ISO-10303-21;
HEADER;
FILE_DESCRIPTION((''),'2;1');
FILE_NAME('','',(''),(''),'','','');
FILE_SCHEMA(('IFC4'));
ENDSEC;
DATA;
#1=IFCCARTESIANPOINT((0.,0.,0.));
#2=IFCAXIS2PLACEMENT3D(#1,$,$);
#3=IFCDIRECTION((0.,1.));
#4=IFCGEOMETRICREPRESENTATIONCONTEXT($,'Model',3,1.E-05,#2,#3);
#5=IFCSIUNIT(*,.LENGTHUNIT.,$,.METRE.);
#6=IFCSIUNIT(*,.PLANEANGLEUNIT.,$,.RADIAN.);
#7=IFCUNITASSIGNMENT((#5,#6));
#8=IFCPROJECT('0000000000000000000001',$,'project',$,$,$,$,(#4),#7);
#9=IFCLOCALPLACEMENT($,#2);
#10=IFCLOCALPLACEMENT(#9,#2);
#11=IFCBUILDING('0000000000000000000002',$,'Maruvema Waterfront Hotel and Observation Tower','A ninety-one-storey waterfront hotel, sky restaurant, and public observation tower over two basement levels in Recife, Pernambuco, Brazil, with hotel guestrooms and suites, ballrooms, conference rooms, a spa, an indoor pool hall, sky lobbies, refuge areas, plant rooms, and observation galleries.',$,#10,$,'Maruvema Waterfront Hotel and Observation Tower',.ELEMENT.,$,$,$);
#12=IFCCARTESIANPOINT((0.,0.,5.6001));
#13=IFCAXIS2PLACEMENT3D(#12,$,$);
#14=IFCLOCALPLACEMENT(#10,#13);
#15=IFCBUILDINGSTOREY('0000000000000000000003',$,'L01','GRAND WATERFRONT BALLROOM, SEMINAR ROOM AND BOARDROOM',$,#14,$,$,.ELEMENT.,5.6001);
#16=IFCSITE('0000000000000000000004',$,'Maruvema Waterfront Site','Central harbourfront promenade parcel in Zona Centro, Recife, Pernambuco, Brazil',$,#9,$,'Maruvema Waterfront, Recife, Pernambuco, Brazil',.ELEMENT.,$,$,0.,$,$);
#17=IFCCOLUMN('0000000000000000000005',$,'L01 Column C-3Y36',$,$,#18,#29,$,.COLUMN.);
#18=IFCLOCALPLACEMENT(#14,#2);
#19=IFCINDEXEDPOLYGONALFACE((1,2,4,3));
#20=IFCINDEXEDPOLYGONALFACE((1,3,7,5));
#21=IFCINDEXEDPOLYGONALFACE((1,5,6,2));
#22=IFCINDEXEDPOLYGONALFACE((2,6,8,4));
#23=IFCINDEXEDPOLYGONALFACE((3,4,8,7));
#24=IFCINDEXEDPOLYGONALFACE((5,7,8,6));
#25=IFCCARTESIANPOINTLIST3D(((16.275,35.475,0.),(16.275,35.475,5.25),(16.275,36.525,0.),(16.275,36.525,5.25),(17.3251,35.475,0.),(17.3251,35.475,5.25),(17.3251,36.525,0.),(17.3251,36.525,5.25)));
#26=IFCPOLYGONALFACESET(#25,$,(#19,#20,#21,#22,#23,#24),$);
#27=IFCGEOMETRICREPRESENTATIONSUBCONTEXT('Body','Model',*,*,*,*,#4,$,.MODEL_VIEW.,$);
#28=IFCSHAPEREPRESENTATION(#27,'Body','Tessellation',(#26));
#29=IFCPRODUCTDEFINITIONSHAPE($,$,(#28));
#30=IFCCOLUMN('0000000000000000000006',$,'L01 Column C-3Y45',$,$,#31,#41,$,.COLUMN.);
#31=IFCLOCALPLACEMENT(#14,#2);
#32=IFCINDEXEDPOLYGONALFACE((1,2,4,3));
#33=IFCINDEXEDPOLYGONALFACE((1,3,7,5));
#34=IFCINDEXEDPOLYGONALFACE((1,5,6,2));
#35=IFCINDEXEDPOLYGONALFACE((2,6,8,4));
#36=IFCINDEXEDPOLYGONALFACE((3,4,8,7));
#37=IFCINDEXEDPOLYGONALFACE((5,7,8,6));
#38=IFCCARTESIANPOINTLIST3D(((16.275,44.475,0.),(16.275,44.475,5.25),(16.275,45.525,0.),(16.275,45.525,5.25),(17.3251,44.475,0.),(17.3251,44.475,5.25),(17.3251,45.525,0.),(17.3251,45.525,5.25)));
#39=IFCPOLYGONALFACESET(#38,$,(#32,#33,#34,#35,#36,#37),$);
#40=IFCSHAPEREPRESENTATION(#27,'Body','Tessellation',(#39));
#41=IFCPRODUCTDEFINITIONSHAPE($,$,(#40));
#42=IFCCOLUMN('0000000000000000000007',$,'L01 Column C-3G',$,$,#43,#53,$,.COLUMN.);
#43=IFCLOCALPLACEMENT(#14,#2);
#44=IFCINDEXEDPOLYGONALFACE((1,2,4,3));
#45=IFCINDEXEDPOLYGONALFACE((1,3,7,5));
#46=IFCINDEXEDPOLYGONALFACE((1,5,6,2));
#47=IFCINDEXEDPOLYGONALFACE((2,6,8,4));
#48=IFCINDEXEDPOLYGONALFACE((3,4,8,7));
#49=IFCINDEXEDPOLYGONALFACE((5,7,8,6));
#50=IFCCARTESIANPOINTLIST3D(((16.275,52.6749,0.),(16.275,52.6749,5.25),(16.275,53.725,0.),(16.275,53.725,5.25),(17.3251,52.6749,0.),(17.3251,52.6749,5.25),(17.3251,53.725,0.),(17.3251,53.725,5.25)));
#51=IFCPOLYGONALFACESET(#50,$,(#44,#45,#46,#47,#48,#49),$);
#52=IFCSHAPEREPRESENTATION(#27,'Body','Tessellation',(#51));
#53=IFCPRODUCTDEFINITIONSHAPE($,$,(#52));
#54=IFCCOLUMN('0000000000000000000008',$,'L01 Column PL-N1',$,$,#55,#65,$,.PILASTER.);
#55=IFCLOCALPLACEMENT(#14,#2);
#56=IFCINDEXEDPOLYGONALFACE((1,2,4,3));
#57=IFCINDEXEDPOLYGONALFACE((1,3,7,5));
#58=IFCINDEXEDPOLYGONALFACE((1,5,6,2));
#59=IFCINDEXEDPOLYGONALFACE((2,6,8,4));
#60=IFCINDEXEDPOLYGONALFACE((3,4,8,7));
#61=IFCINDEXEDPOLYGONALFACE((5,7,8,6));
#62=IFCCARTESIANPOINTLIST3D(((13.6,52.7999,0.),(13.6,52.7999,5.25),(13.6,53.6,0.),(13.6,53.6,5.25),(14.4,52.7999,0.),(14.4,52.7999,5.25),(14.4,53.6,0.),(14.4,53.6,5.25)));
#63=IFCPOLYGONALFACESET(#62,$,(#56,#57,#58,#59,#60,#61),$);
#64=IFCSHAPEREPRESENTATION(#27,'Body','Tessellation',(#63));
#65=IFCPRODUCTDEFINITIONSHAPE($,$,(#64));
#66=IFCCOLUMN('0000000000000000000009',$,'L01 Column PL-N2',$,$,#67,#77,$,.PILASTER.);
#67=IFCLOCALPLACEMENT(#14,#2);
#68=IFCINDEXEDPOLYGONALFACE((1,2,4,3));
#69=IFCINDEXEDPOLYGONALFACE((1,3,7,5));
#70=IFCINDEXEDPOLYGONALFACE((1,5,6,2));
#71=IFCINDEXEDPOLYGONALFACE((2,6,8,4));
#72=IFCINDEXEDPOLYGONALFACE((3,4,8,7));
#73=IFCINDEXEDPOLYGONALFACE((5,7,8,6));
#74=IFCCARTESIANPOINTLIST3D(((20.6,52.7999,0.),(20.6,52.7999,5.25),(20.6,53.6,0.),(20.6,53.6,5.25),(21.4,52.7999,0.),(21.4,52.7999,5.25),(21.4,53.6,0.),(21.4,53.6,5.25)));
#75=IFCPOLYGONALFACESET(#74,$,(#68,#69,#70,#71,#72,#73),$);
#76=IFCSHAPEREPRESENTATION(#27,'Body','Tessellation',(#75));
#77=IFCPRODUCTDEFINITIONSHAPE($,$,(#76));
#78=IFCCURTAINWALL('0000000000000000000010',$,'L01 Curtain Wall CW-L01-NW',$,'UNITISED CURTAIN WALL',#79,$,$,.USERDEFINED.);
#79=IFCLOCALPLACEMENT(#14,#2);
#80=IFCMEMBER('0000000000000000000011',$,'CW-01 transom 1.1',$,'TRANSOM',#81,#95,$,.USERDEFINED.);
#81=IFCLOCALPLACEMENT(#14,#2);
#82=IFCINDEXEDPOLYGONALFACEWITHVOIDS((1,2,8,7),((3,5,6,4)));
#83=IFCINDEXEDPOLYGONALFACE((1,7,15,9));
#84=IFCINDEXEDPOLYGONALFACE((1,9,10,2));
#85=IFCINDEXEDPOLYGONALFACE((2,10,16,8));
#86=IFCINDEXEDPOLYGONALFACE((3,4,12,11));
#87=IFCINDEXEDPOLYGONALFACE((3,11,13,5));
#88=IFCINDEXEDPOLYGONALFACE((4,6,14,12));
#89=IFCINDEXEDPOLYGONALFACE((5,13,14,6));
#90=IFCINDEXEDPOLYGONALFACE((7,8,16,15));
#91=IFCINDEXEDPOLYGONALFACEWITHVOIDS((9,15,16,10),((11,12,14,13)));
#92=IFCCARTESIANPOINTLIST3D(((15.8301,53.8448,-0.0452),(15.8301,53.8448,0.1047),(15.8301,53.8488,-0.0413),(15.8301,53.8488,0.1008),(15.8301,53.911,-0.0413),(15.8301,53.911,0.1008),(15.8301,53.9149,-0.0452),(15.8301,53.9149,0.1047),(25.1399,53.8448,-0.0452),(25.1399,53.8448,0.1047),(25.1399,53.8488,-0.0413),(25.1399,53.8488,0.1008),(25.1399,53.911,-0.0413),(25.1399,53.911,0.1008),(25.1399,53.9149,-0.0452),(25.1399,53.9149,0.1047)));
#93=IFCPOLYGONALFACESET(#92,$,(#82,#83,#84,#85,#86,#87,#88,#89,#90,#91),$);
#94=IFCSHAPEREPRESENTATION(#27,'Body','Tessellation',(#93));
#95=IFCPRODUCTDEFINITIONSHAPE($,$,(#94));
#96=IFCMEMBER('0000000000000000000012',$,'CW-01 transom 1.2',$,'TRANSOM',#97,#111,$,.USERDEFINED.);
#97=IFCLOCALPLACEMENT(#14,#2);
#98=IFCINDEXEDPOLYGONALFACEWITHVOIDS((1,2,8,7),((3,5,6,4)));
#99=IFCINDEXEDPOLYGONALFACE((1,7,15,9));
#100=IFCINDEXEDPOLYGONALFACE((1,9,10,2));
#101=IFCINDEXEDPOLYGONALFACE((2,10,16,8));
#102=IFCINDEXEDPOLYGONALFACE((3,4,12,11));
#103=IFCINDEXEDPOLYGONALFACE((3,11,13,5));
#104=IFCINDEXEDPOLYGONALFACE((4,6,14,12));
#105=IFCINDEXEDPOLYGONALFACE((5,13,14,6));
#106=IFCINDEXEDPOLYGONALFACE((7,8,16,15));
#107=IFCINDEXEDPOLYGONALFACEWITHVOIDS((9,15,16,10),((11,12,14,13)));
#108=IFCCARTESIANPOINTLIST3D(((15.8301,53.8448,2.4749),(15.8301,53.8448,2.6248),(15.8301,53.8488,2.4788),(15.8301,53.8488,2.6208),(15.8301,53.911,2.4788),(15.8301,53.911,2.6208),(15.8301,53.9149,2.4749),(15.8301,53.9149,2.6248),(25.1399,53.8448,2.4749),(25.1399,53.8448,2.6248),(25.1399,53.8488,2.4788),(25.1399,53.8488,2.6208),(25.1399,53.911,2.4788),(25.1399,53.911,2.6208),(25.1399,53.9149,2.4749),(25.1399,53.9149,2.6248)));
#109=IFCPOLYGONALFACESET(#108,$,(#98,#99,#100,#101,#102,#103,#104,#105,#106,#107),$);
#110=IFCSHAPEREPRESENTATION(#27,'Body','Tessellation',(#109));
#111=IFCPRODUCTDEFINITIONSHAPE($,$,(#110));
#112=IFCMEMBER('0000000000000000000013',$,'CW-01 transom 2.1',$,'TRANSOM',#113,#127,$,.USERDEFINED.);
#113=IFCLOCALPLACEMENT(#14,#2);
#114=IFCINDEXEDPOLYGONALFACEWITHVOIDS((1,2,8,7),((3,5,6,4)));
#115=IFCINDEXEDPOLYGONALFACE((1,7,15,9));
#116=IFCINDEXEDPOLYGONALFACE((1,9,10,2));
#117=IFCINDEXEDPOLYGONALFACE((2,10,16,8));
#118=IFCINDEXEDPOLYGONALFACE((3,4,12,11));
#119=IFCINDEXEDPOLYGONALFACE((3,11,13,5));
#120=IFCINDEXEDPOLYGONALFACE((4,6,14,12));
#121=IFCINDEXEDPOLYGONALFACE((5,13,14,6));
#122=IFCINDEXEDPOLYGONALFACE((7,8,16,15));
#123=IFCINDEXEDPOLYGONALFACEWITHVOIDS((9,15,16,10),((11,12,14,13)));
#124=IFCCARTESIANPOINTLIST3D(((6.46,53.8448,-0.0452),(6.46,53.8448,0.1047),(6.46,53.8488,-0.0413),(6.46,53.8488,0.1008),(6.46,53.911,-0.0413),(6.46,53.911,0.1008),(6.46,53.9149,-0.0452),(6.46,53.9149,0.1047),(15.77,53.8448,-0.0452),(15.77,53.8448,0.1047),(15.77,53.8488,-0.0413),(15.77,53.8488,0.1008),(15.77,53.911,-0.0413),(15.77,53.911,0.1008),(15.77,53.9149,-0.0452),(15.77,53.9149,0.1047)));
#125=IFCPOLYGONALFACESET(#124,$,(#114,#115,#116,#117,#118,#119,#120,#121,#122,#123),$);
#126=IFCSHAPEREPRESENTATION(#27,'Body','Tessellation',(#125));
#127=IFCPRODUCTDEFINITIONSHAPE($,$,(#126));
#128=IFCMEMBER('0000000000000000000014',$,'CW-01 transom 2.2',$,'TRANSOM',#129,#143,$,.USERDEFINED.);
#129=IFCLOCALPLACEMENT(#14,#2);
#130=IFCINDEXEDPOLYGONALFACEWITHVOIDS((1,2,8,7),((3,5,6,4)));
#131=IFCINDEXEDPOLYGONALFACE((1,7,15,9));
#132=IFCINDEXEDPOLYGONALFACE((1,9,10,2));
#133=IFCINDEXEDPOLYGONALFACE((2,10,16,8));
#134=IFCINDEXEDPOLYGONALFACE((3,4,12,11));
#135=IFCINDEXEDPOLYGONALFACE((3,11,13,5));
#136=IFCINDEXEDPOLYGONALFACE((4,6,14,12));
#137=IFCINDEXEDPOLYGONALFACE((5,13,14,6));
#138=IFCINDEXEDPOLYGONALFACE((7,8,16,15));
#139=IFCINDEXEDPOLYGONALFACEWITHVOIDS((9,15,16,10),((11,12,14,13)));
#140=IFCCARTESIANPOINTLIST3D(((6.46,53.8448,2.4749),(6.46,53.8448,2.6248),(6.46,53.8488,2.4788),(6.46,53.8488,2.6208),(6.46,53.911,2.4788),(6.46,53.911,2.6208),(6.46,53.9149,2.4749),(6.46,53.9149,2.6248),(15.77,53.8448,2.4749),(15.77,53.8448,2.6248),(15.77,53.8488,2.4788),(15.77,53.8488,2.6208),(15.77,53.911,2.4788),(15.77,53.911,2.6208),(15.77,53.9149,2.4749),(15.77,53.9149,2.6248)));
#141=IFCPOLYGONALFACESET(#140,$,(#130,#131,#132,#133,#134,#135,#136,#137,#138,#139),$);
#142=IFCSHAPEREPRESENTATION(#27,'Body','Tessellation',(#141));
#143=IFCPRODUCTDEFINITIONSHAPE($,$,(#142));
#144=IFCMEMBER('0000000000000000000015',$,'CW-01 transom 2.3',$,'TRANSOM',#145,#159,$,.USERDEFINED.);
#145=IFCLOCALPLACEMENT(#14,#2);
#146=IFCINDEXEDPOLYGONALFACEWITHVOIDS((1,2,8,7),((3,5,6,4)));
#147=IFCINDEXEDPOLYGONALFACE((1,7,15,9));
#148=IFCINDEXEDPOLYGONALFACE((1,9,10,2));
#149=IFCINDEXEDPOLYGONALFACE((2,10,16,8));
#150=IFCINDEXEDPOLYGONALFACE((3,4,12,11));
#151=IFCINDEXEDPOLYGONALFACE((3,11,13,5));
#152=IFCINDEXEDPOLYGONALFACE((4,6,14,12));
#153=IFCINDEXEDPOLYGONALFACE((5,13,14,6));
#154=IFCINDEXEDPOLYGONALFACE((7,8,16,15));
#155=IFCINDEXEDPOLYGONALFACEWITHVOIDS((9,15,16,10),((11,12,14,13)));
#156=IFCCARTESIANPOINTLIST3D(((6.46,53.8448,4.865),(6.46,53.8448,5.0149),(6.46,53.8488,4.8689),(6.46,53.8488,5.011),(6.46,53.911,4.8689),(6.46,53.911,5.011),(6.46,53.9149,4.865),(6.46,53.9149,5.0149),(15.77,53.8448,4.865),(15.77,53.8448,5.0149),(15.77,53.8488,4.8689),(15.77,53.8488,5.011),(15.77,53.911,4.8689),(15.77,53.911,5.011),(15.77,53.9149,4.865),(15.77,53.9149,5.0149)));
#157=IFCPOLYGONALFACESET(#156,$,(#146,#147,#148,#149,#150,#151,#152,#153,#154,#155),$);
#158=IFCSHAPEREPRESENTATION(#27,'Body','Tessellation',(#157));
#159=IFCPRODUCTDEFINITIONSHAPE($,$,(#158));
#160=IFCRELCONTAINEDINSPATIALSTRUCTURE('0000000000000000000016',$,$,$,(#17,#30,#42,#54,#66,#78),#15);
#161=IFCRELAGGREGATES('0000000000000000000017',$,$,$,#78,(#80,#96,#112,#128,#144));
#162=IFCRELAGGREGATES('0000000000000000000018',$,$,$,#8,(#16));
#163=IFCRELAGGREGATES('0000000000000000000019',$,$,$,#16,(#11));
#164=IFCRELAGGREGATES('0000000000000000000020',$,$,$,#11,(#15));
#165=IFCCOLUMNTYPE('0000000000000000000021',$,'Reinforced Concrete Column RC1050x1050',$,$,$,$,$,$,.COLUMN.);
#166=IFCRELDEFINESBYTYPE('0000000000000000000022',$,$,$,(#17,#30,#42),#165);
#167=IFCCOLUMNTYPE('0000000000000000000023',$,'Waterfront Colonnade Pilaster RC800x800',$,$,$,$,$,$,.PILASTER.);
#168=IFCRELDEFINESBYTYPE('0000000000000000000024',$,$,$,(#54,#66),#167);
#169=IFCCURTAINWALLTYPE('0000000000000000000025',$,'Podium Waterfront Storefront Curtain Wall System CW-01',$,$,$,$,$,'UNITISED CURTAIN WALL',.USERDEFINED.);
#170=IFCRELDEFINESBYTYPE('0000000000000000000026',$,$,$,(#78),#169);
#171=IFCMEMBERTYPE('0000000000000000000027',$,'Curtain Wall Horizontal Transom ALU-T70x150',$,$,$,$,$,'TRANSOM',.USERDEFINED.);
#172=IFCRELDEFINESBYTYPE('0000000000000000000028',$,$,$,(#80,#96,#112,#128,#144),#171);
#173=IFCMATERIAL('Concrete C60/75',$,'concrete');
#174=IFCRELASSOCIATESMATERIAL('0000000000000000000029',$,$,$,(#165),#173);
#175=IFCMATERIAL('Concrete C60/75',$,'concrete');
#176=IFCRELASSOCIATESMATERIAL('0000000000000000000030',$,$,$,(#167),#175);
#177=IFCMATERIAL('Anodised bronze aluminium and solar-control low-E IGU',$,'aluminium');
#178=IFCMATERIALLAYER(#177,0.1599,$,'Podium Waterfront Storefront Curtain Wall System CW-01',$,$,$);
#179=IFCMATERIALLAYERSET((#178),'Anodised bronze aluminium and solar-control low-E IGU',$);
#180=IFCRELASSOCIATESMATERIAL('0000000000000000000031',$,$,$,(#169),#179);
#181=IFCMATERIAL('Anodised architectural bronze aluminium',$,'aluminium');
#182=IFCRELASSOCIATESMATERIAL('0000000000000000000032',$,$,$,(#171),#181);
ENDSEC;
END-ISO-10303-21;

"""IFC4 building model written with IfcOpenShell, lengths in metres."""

from ifc_helpers import new_model, si_unit, direction, frame, origin, origin_2d, place, context, subcontext, project, spatial, rectangle, hollow_rectangle, extrude, material, layer, layer_set, material_profile, profile_set, type_object, element, aggregate, save


model = new_model("IFC4")

# Units and contexts
model_context = context("Model", 3, precision=1e-05, world=origin(), true_north=direction((0.0, 1.0)))
body_context = subcontext(model_context, "Body", "Model", "MODEL_VIEW")
ifc_project = project(units=[si_unit("LENGTHUNIT", "METRE"), si_unit("PLANEANGLEUNIT", "RADIAN")], contexts=[model_context])

# Site, building, storey
site_placement = place(None, origin())
site = spatial("IfcSite", under=ifc_project, at=site_placement, Name="Maruvema Waterfront Site", Description="Central harbourfront promenade parcel in Zona Centro, Recife, Pernambuco, Brazil", LongName="Maruvema Waterfront, Recife, Pernambuco, Brazil", CompositionType="ELEMENT", RefElevation=0.0)
building_placement = place(site_placement, origin())
building = spatial("IfcBuilding", under=site, at=building_placement, Name="Maruvema Waterfront Hotel and Observation Tower", Description="A ninety-one-storey waterfront hotel, sky restaurant, and public observation tower over two basement levels in Recife, Pernambuco, Brazil, with hotel guestrooms and suites, ballrooms, conference rooms, a spa, an indoor pool hall, sky lobbies, refuge areas, plant rooms, and observation galleries.", LongName="Maruvema Waterfront Hotel and Observation Tower", CompositionType="ELEMENT")
storey_placement = place(building_placement, frame((0.0, 0.0, 5.6001)))
storey = spatial("IfcBuildingStorey", under=building, at=storey_placement, Name="L01", Description="GRAND WATERFRONT BALLROOM, SEMINAR ROOM AND BOARDROOM", CompositionType="ELEMENT", Elevation=5.6001)

# Columns
ifc_material_1 = material(Name="Concrete C60/75", Category="concrete")
ifc_material_profile_1 = material_profile(ifc_material_1, rectangle(XDim=1.05, YDim=1.05, at=origin_2d()), Name="RC1050x1050")
ifc_profile_set_1 = profile_set([ifc_material_profile_1], Name="Concrete C60/75")
column_type_1 = type_object("IfcColumnType", Name="Reinforced Concrete Column RC1050x1050", PredefinedType="COLUMN", material=ifc_profile_set_1)
for number, where, z_axis, x_axis, name in (
    (1, (16.8, 36.0, 0.0), (0.0, 0.0, 1.0), (1.0, 0.0, 0.0), "L01 Column C-3Y36"),
    (2, (16.8, 45.0, 0.0), (0.0, 0.0, 1.0), (1.0, 0.0, 0.0), "L01 Column C-3Y45"),
    (3, (16.8, 53.2, 0.0), (0.0, 0.0, 1.0), (1.0, 0.0, 0.0), "L01 Column C-3G"),
):
    element("IfcColumn", number, at=place(storey_placement, frame(where, z_axis=z_axis, x_axis=x_axis)), inside=storey, type_object=column_type_1, Name=name, PredefinedType="COLUMN", context=body_context, shape_type="SweptSolid", body=[
        extrude(rectangle(XDim=1.05, YDim=1.05, at=origin_2d()), origin(), (0.0, 0.0, 1.0), 5.25),
    ])
ifc_material_2 = material(Name="Concrete C60/75", Category="concrete")
ifc_material_profile_2 = material_profile(ifc_material_2, rectangle(XDim=0.8, YDim=0.8, at=origin_2d()), Name="RC800x800")
ifc_profile_set_2 = profile_set([ifc_material_profile_2], Name="Concrete C60/75")
column_type_2 = type_object("IfcColumnType", Name="Waterfront Colonnade Pilaster RC800x800", PredefinedType="PILASTER", material=ifc_profile_set_2)
for number, where, z_axis, x_axis, name in (
    (4, (14.0, 53.2, 0.0), (0.0, 0.0, 1.0), (1.0, 0.0, 0.0), "L01 Column PL-N1"),
    (5, (21.0, 53.2, 0.0), (0.0, 0.0, 1.0), (1.0, 0.0, 0.0), "L01 Column PL-N2"),
):
    element("IfcColumn", number, at=place(storey_placement, frame(where, z_axis=z_axis, x_axis=x_axis)), inside=storey, type_object=column_type_2, Name=name, PredefinedType="PILASTER", context=body_context, shape_type="SweptSolid", body=[
        extrude(rectangle(XDim=0.8, YDim=0.8, at=origin_2d()), origin(), (0.0, 0.0, 1.0), 5.25),
    ])

# Curtain wall, members
ifc_material_3 = material(Name="Anodised bronze aluminium and solar-control low-E IGU", Category="aluminium")
ifc_layer_1 = layer(ifc_material_3, 0.1599, Name="Podium Waterfront Storefront Curtain Wall System CW-01")
ifc_layer_set_1 = layer_set([ifc_layer_1], Name="Anodised bronze aluminium and solar-control low-E IGU")
curtain_wall_type = type_object("IfcCurtainWallType", Name="Podium Waterfront Storefront Curtain Wall System CW-01", ElementType="UNITISED CURTAIN WALL", PredefinedType="USERDEFINED", material=ifc_layer_set_1)
curtain_wall_placement = place(storey_placement, origin())
curtain_wall = element("IfcCurtainWall", 6, at=curtain_wall_placement, inside=storey, type_object=curtain_wall_type, Name="L01 Curtain Wall CW-L01-NW", ObjectType="UNITISED CURTAIN WALL", PredefinedType="USERDEFINED")
ifc_material_4 = material(Name="Anodised architectural bronze aluminium", Category="aluminium")
ifc_material_profile_3 = material_profile(ifc_material_4, hollow_rectangle(XDim=0.0701, YDim=0.1499, WallThickness=0.0039, at=origin_2d()), Name="ALU-T70x150")
ifc_profile_set_3 = profile_set([ifc_material_profile_3], Name="Anodised architectural bronze aluminium")
member_type_1 = type_object("IfcMemberType", Name="Curtain Wall Horizontal Transom ALU-T70x150", ElementType="TRANSOM", PredefinedType="USERDEFINED", material=ifc_profile_set_3)
member_1_placement = place(storey_placement, frame((25.1399, 53.8799, 0.0298), z_axis=(-1.0, 0.0, 0.0), x_axis=(0.0, -1.0, 0.0)))
member_1 = element("IfcMember", 7, at=member_1_placement, type_object=member_type_1, Name="CW-01 transom 1.1", ObjectType="TRANSOM", PredefinedType="USERDEFINED", context=body_context, shape_type="SweptSolid", body=[
    extrude(hollow_rectangle(XDim=0.0701, YDim=0.1499, WallThickness=0.0039, at=origin_2d()), origin(), (0.0, 0.0, 1.0), 9.3098),
])
member_2_placement = place(storey_placement, frame((25.1399, 53.8799, 2.5498), z_axis=(-1.0, 0.0, 0.0), x_axis=(0.0, -1.0, 0.0)))
member_2 = element("IfcMember", 8, at=member_2_placement, type_object=member_type_1, Name="CW-01 transom 1.2", ObjectType="TRANSOM", PredefinedType="USERDEFINED", context=body_context, shape_type="SweptSolid", body=[
    extrude(hollow_rectangle(XDim=0.0701, YDim=0.1499, WallThickness=0.0039, at=origin_2d()), origin(), (0.0, 0.0, 1.0), 9.3098),
])
member_3_placement = place(storey_placement, frame((15.77, 53.8799, 0.0298), z_axis=(-1.0, 0.0, 0.0), x_axis=(0.0, -1.0, 0.0)))
member_3 = element("IfcMember", 9, at=member_3_placement, type_object=member_type_1, Name="CW-01 transom 2.1", ObjectType="TRANSOM", PredefinedType="USERDEFINED", context=body_context, shape_type="SweptSolid", body=[
    extrude(hollow_rectangle(XDim=0.0701, YDim=0.1499, WallThickness=0.0039, at=origin_2d()), origin(), (0.0, 0.0, 1.0), 9.3101),
])
member_4_placement = place(storey_placement, frame((15.77, 53.8799, 2.5498), z_axis=(-1.0, 0.0, 0.0), x_axis=(0.0, -1.0, 0.0)))
member_4 = element("IfcMember", 10, at=member_4_placement, type_object=member_type_1, Name="CW-01 transom 2.2", ObjectType="TRANSOM", PredefinedType="USERDEFINED", context=body_context, shape_type="SweptSolid", body=[
    extrude(hollow_rectangle(XDim=0.0701, YDim=0.1499, WallThickness=0.0039, at=origin_2d()), origin(), (0.0, 0.0, 1.0), 9.3101),
])
member_5_placement = place(storey_placement, frame((15.77, 53.8799, 4.9399), z_axis=(-1.0, 0.0, 0.0), x_axis=(0.0, -1.0, 0.0)))
member_5 = element("IfcMember", 11, at=member_5_placement, type_object=member_type_1, Name="CW-01 transom 2.3", ObjectType="TRANSOM", PredefinedType="USERDEFINED", context=body_context, shape_type="SweptSolid", body=[
    extrude(hollow_rectangle(XDim=0.0701, YDim=0.1499, WallThickness=0.0039, at=origin_2d()), origin(), (0.0, 0.0, 1.0), 9.3101),
])

aggregate(curtain_wall, [member_1, member_2, member_3, member_4, member_5])

save(model, "model.ifc")
